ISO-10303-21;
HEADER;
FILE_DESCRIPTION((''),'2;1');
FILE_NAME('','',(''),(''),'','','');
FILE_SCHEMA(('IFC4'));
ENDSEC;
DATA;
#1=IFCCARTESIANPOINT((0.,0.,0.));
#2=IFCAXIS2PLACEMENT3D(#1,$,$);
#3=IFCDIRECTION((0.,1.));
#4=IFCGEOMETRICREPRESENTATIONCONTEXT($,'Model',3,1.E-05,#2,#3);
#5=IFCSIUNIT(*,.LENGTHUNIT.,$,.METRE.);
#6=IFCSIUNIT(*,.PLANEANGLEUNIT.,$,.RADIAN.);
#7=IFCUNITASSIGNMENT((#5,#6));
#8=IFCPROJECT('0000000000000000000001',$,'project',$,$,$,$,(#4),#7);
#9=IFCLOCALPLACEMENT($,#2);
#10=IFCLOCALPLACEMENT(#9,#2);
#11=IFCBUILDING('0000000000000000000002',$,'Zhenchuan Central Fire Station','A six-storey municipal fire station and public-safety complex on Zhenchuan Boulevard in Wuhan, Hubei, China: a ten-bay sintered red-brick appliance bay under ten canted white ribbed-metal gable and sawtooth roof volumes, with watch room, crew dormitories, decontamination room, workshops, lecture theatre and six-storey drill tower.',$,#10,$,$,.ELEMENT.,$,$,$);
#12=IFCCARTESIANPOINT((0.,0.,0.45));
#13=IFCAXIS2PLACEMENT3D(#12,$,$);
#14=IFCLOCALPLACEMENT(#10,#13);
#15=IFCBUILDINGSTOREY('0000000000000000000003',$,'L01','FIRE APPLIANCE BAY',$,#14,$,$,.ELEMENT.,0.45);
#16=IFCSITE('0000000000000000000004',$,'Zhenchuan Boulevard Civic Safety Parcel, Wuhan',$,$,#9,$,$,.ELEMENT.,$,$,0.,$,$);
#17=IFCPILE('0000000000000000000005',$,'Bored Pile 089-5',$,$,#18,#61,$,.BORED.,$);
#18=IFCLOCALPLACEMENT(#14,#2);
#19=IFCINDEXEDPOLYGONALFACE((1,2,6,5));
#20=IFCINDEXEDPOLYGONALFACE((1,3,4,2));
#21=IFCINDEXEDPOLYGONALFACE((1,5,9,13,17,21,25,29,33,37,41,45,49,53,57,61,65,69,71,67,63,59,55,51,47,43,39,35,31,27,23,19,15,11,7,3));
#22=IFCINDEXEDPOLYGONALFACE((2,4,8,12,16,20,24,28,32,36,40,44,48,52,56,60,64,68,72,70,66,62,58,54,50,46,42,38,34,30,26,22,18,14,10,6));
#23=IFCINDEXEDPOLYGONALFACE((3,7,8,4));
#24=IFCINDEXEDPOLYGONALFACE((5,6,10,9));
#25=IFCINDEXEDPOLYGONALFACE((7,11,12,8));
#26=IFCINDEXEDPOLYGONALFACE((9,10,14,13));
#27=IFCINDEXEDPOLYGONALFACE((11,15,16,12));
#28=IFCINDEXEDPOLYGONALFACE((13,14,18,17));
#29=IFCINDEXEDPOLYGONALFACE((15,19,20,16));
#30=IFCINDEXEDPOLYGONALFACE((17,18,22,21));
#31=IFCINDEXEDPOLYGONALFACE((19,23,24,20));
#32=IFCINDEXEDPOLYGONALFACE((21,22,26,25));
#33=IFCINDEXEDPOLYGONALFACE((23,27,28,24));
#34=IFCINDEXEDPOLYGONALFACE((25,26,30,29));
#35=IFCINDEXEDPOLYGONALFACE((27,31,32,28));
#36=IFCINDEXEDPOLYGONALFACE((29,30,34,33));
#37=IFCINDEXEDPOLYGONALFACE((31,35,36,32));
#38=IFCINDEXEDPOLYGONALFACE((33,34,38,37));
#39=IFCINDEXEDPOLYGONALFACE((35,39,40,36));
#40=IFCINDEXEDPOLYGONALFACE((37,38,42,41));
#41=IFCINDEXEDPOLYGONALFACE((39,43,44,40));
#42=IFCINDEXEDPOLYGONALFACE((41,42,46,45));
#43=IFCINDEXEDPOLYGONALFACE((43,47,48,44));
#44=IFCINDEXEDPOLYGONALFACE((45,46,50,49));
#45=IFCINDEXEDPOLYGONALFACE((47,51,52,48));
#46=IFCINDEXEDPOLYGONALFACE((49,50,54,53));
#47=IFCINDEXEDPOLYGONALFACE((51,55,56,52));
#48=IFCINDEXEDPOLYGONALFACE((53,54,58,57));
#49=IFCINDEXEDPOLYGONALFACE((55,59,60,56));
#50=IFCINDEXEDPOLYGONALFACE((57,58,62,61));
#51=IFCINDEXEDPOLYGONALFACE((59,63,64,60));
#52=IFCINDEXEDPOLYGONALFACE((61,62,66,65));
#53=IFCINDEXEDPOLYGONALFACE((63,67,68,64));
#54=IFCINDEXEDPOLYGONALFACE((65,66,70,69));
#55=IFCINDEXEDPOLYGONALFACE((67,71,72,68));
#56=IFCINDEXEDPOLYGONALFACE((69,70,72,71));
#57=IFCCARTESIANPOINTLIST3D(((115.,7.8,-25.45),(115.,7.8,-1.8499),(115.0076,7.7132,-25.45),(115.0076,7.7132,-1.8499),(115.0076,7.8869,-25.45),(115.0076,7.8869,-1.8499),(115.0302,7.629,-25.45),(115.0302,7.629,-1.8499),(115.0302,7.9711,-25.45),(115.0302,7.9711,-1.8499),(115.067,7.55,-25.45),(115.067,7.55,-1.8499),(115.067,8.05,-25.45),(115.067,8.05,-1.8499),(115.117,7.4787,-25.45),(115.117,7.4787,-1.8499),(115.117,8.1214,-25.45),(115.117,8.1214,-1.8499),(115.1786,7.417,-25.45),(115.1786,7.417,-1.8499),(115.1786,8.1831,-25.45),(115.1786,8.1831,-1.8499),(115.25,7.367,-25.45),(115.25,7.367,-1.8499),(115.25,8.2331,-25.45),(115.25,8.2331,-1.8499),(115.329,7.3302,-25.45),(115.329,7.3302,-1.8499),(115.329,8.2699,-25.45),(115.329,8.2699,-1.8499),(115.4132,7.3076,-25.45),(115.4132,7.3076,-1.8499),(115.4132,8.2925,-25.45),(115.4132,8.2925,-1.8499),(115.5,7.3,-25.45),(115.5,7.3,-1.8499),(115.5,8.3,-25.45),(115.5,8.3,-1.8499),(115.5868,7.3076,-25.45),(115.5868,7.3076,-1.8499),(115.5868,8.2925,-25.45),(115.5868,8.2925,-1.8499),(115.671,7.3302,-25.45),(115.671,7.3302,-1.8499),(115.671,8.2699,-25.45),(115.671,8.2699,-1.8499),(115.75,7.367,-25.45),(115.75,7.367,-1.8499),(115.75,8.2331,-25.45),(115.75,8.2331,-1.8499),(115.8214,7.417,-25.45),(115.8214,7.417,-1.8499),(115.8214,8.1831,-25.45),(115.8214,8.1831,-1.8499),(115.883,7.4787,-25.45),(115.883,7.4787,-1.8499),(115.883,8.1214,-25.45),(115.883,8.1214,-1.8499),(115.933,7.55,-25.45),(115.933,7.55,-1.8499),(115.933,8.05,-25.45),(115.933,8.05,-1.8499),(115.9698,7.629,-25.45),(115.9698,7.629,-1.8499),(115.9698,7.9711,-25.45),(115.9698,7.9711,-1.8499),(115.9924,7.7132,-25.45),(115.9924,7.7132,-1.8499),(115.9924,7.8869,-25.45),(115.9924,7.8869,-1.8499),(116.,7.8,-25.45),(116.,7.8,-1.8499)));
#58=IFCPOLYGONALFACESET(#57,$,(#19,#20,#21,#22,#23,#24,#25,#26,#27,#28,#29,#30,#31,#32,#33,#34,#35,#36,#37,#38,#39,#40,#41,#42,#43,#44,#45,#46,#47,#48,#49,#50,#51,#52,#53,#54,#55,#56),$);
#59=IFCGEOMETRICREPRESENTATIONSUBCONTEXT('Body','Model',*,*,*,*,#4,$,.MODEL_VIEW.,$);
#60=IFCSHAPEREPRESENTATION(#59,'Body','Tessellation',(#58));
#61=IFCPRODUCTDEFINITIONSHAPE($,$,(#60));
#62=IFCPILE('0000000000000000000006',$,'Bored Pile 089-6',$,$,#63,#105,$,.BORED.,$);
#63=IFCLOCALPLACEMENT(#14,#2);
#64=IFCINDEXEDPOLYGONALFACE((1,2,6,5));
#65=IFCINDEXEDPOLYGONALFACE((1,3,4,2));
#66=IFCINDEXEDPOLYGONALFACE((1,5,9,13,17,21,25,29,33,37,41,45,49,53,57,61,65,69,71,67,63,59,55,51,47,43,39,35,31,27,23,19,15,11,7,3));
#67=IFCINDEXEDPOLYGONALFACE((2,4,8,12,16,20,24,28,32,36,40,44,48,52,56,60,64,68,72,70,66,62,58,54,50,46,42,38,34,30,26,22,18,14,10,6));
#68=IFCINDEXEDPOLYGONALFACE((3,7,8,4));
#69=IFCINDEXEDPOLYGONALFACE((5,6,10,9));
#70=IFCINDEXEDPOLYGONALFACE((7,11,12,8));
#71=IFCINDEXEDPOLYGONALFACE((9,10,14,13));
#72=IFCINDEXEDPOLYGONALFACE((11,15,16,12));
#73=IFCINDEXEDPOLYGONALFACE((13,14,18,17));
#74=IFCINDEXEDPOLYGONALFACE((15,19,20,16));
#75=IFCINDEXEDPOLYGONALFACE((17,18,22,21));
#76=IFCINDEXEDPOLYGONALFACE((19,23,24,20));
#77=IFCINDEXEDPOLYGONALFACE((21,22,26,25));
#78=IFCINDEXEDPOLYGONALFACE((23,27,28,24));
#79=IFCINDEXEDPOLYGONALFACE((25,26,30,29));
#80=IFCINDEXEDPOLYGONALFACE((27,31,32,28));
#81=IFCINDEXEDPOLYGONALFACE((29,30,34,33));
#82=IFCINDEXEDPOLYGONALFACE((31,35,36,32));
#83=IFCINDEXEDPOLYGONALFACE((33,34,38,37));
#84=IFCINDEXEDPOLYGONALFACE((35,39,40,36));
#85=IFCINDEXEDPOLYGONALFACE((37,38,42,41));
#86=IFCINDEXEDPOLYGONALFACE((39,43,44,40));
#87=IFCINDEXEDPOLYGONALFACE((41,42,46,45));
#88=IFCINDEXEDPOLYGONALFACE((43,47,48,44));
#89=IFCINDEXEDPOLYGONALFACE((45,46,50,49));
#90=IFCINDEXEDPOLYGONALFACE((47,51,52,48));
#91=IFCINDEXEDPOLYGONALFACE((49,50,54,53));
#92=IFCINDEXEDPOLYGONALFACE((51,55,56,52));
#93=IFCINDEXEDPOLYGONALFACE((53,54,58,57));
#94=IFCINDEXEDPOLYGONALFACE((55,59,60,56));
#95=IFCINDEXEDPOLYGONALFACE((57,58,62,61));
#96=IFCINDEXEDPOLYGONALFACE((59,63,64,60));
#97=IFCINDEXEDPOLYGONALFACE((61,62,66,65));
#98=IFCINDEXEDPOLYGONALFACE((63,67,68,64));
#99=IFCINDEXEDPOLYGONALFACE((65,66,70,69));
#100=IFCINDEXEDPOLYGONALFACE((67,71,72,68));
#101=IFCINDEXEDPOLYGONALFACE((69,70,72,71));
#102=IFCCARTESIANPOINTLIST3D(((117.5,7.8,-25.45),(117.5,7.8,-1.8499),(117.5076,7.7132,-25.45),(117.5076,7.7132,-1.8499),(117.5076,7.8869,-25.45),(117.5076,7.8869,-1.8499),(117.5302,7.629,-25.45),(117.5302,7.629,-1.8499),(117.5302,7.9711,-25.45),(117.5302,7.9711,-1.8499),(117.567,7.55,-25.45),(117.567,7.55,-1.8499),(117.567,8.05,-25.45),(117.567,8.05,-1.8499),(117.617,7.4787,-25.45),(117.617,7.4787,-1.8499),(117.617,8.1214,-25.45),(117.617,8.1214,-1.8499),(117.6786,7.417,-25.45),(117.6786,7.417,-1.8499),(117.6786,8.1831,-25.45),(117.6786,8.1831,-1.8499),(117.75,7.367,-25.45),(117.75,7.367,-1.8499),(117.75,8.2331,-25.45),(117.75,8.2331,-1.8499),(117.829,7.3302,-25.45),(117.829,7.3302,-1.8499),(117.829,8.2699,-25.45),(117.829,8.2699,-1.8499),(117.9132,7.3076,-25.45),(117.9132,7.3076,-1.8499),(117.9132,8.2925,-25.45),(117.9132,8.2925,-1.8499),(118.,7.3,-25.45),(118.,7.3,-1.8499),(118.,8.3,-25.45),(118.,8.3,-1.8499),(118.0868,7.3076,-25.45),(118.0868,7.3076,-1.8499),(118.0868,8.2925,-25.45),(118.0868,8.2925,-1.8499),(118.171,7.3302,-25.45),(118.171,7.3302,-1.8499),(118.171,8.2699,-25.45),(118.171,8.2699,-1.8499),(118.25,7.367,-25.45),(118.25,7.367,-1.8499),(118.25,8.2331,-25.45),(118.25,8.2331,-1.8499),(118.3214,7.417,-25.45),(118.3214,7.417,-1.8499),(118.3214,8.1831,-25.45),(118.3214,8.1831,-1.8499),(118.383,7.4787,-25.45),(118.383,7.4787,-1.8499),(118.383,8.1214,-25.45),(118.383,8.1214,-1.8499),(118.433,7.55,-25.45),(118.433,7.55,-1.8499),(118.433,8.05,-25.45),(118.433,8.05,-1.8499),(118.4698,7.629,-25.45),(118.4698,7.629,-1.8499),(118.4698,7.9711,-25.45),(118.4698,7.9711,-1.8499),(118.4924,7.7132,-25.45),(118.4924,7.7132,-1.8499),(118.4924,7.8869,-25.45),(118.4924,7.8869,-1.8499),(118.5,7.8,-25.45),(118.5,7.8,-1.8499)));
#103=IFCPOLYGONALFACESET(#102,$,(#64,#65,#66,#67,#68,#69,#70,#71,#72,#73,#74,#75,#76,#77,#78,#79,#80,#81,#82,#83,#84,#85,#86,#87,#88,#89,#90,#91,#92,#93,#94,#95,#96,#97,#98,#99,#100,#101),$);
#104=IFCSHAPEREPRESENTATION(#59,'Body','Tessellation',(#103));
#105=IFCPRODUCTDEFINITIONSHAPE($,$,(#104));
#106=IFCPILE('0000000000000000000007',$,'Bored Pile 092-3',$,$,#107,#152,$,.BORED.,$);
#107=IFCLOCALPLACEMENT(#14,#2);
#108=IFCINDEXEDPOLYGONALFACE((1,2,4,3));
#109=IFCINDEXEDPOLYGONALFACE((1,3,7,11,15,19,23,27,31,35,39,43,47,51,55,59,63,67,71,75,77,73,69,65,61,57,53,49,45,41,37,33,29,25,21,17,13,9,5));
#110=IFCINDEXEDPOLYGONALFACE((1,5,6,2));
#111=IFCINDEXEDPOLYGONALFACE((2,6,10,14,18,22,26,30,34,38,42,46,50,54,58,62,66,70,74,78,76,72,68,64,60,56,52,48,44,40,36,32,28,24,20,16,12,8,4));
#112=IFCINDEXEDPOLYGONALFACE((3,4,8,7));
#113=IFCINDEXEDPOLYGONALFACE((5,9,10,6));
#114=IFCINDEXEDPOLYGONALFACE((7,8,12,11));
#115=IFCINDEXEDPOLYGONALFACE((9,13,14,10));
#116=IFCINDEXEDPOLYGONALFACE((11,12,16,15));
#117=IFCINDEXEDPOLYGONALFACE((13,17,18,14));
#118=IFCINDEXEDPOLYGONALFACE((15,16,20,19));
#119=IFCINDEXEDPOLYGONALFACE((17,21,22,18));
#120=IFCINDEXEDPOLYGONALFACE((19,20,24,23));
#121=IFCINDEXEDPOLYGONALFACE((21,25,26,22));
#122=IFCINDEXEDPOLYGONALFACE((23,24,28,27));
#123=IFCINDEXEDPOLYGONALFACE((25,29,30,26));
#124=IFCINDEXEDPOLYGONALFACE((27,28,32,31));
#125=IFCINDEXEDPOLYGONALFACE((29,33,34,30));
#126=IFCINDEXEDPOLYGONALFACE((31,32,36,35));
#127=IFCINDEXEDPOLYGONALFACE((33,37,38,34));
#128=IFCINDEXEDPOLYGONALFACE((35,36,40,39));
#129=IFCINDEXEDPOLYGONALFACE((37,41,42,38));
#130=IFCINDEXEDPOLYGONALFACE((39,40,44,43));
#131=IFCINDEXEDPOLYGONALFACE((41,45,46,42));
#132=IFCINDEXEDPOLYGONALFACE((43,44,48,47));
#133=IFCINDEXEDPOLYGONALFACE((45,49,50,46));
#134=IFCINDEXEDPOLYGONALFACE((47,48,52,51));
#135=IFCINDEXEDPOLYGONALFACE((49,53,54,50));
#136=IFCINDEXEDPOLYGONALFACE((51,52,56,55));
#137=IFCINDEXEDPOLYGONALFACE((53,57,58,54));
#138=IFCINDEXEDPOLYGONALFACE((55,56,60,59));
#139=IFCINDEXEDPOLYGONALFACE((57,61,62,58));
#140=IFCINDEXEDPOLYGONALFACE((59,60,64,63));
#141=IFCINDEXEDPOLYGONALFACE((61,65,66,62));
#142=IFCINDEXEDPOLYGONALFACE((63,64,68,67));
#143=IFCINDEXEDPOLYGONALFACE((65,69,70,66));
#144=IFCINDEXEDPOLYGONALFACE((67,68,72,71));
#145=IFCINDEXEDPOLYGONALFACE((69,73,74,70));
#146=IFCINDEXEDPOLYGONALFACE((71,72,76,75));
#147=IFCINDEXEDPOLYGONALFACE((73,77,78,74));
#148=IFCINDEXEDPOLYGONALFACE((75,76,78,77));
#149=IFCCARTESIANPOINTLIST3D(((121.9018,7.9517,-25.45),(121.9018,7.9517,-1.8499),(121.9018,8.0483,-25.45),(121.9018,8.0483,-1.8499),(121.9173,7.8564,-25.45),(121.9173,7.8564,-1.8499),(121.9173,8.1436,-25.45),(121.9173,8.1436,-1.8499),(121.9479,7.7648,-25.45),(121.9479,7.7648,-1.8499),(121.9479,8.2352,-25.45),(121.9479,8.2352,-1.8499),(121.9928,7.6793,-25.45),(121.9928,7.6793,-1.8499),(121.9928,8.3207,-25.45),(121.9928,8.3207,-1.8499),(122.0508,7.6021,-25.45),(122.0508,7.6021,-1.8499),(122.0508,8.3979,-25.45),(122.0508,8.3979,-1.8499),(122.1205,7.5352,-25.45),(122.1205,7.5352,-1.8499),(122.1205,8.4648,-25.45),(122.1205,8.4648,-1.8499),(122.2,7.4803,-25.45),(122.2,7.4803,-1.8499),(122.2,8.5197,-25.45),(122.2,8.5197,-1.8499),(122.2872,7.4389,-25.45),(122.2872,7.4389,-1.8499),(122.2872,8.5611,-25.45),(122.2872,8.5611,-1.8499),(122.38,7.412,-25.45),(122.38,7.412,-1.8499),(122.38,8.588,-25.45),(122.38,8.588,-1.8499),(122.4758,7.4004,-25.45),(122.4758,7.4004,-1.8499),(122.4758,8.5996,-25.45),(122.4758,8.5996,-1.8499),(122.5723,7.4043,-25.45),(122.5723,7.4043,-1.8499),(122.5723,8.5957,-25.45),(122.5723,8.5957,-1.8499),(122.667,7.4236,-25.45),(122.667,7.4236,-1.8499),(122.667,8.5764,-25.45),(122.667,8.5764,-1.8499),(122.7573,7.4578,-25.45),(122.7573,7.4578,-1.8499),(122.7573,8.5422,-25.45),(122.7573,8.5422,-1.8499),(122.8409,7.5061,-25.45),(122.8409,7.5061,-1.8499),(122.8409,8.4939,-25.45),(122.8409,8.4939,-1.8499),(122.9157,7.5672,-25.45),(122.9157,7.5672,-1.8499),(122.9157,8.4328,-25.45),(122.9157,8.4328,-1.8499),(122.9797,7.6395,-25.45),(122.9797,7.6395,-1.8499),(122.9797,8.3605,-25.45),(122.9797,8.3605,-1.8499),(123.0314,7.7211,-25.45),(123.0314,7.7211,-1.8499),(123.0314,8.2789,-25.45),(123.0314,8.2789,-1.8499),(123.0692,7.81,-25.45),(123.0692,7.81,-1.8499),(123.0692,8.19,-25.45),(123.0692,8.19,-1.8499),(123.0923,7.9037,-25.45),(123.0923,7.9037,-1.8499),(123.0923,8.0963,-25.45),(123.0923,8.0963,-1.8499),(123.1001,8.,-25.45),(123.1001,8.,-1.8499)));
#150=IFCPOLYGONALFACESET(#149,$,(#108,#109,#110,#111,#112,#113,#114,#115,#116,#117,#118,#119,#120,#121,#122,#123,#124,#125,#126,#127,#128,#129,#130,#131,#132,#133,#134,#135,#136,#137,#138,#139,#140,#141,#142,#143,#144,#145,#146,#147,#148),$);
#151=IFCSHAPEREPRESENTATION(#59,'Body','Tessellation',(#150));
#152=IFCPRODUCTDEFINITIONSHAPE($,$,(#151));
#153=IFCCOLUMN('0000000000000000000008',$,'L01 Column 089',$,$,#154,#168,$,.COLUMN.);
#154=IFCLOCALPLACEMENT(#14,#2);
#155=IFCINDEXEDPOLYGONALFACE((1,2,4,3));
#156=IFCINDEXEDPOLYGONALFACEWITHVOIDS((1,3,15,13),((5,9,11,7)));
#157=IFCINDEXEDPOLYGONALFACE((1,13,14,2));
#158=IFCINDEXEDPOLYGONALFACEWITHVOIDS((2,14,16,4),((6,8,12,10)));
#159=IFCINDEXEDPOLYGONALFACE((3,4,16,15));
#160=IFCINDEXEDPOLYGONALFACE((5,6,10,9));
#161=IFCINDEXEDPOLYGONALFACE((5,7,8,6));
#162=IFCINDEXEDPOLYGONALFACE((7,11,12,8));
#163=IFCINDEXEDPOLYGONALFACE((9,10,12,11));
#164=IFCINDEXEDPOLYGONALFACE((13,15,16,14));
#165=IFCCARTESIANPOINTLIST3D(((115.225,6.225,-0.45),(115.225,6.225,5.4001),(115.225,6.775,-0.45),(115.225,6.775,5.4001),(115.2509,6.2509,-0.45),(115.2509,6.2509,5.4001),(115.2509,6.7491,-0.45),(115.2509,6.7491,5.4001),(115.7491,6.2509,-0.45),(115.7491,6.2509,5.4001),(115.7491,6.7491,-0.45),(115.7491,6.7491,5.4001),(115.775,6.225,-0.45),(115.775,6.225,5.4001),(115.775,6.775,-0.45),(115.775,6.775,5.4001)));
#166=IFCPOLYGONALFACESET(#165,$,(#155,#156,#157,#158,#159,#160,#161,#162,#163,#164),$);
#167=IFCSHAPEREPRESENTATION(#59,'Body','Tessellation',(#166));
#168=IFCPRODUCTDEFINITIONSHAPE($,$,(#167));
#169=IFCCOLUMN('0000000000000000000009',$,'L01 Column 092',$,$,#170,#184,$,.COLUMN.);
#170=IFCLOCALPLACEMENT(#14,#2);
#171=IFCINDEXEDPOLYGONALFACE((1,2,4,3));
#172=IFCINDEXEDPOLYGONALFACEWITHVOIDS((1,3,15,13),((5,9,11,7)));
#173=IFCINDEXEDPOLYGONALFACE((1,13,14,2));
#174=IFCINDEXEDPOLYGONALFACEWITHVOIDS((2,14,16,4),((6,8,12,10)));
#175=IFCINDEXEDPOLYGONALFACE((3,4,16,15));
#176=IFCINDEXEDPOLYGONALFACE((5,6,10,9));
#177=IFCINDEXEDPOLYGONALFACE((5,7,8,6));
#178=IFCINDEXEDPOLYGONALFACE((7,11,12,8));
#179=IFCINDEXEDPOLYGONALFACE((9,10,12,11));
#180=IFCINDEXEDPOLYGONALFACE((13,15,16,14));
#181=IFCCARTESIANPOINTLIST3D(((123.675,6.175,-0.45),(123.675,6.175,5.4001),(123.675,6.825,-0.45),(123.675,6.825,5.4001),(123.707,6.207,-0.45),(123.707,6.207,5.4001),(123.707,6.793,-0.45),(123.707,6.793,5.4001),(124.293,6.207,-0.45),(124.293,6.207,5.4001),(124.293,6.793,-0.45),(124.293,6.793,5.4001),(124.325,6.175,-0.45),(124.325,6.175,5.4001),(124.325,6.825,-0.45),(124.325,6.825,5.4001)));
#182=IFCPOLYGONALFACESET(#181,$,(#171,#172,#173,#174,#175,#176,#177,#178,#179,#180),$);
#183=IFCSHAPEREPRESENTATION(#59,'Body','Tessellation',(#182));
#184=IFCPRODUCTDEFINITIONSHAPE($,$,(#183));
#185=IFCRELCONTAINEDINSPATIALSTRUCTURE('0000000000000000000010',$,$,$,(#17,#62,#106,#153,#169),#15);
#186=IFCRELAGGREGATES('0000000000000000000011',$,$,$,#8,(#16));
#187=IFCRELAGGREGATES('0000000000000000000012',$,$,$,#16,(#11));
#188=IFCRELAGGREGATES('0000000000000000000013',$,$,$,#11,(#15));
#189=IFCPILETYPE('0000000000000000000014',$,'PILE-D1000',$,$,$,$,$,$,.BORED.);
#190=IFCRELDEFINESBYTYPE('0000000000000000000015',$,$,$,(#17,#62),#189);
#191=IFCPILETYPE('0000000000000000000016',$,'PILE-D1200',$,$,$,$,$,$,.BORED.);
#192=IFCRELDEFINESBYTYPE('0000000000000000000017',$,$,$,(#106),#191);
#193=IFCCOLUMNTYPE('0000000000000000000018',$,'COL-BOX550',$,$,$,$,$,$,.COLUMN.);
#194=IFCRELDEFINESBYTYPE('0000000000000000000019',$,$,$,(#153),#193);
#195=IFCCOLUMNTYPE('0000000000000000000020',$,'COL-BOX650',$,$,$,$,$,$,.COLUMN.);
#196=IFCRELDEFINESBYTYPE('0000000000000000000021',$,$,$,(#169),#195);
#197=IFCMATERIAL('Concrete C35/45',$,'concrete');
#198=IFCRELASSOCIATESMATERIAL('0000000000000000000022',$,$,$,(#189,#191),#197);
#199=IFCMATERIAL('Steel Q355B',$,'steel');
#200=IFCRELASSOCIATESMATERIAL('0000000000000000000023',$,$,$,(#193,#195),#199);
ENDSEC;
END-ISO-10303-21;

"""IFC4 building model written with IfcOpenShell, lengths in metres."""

from ifc_helpers import new_model, si_unit, direction, frame, origin, origin_2d, place, context, subcontext, project, spatial, hollow_rectangle, circle, extrude, material, material_profile, profile_set, type_object, element, save


model = new_model("IFC4")

# Units and contexts
model_context = context("Model", 3, precision=1e-05, world=origin(), true_north=direction((0.0, 1.0)))
body_context = subcontext(model_context, "Body", "Model", "MODEL_VIEW")
ifc_project = project(units=[si_unit("LENGTHUNIT", "METRE"), si_unit("PLANEANGLEUNIT", "RADIAN")], contexts=[model_context])

# Site, building, storey
site_placement = place(None, origin())
site = spatial("IfcSite", under=ifc_project, at=site_placement, Name="Zhenchuan Boulevard Civic Safety Parcel, Wuhan", CompositionType="ELEMENT", RefElevation=0.0)
building_placement = place(site_placement, origin())
building = spatial("IfcBuilding", under=site, at=building_placement, Name="Zhenchuan Central Fire Station", Description="A six-storey municipal fire station and public-safety complex on Zhenchuan Boulevard in Wuhan, Hubei, China: a ten-bay sintered red-brick appliance bay under ten canted white ribbed-metal gable and sawtooth roof volumes, with watch room, crew dormitories, decontamination room, workshops, lecture theatre and six-storey drill tower.", CompositionType="ELEMENT")
storey_placement = place(building_placement, frame((0.0, 0.0, 0.45)))
storey = spatial("IfcBuildingStorey", under=building, at=storey_placement, Name="L01", Description="FIRE APPLIANCE BAY", CompositionType="ELEMENT", Elevation=0.45)

# Piles
ifc_material_1 = material(Name="Concrete C35/45", Category="concrete")
ifc_material_profile_1 = material_profile(ifc_material_1, circle(Radius=0.5, at=origin_2d()), Name="PILE D1000")
ifc_profile_set_1 = profile_set([ifc_material_profile_1], Name="Concrete C35/45")
pile_type_1 = type_object("IfcPileType", Name="PILE-D1000", PredefinedType="BORED", material=ifc_profile_set_1)
for number, where, z_axis, x_axis, name in (
    (1, (115.5, 7.8, -1.8499), (0.0, 0.0, -1.0), (1.0, 0.0, 0.0), "Bored Pile 089-5"),
    (2, (118.0, 7.8, -1.8499), (0.0, 0.0, -1.0), (1.0, 0.0, 0.0), "Bored Pile 089-6"),
):
    element("IfcPile", number, at=place(storey_placement, frame(where, z_axis=z_axis, x_axis=x_axis)), inside=storey, type_object=pile_type_1, Name=name, PredefinedType="BORED", context=body_context, shape_type="SweptSolid", body=[
        extrude(circle(Radius=0.5, at=origin_2d()), origin(), (0.0, 0.0, 1.0), 23.6001),
    ])
ifc_material_profile_2 = material_profile(ifc_material_1, circle(Radius=0.6001, at=origin_2d()), Name="PILE D1200")
ifc_profile_set_2 = profile_set([ifc_material_profile_2], Name="Concrete C35/45")
pile_type_2 = type_object("IfcPileType", Name="PILE-D1200", PredefinedType="BORED", material=ifc_profile_set_2)
pile_1_placement = place(storey_placement, frame((122.5, 8.0, -1.8499), z_axis=(0.0, 0.0, -1.0), x_axis=(1.0, 0.0, 0.0)))
element("IfcPile", 3, at=pile_1_placement, inside=storey, type_object=pile_type_2, Name="Bored Pile 092-3", PredefinedType="BORED", context=body_context, shape_type="SweptSolid", body=[
    extrude(circle(Radius=0.6001, at=origin_2d()), origin(), (0.0, 0.0, 1.0), 23.6001),
])

# Columns
ifc_material_2 = material(Name="Steel Q355B", Category="steel")
ifc_material_profile_3 = material_profile(ifc_material_2, hollow_rectangle(XDim=0.55, YDim=0.55, WallThickness=0.0259, at=origin_2d()), Name="BOX 550x550x26")
ifc_profile_set_3 = profile_set([ifc_material_profile_3], Name="Steel Q355B")
column_type_1 = type_object("IfcColumnType", Name="COL-BOX550", PredefinedType="COLUMN", material=ifc_profile_set_3)
column_1_placement = place(storey_placement, frame((115.5, 6.5, -0.45), z_axis=(0.0, 0.0, 1.0), x_axis=(1.0, 0.0, 0.0)))
element("IfcColumn", 4, at=column_1_placement, inside=storey, type_object=column_type_1, Name="L01 Column 089", PredefinedType="COLUMN", context=body_context, shape_type="SweptSolid", body=[
    extrude(hollow_rectangle(XDim=0.55, YDim=0.55, WallThickness=0.0259, at=origin_2d()), origin(), (0.0, 0.0, 1.0), 5.8501),
])
ifc_material_profile_4 = material_profile(ifc_material_2, hollow_rectangle(XDim=0.6499, YDim=0.6499, WallThickness=0.032, at=origin_2d()), Name="BOX 650x650x32")
ifc_profile_set_4 = profile_set([ifc_material_profile_4], Name="Steel Q355B")
column_type_2 = type_object("IfcColumnType", Name="COL-BOX650", PredefinedType="COLUMN", material=ifc_profile_set_4)
column_2_placement = place(storey_placement, frame((124.0, 6.5, -0.45), z_axis=(0.0, 0.0, 1.0), x_axis=(1.0, 0.0, 0.0)))
element("IfcColumn", 5, at=column_2_placement, inside=storey, type_object=column_type_2, Name="L01 Column 092", PredefinedType="COLUMN", context=body_context, shape_type="SweptSolid", body=[
    extrude(hollow_rectangle(XDim=0.6499, YDim=0.6499, WallThickness=0.032, at=origin_2d()), origin(), (0.0, 0.0, 1.0), 5.8501),
])

save(model, "model.ifc")
